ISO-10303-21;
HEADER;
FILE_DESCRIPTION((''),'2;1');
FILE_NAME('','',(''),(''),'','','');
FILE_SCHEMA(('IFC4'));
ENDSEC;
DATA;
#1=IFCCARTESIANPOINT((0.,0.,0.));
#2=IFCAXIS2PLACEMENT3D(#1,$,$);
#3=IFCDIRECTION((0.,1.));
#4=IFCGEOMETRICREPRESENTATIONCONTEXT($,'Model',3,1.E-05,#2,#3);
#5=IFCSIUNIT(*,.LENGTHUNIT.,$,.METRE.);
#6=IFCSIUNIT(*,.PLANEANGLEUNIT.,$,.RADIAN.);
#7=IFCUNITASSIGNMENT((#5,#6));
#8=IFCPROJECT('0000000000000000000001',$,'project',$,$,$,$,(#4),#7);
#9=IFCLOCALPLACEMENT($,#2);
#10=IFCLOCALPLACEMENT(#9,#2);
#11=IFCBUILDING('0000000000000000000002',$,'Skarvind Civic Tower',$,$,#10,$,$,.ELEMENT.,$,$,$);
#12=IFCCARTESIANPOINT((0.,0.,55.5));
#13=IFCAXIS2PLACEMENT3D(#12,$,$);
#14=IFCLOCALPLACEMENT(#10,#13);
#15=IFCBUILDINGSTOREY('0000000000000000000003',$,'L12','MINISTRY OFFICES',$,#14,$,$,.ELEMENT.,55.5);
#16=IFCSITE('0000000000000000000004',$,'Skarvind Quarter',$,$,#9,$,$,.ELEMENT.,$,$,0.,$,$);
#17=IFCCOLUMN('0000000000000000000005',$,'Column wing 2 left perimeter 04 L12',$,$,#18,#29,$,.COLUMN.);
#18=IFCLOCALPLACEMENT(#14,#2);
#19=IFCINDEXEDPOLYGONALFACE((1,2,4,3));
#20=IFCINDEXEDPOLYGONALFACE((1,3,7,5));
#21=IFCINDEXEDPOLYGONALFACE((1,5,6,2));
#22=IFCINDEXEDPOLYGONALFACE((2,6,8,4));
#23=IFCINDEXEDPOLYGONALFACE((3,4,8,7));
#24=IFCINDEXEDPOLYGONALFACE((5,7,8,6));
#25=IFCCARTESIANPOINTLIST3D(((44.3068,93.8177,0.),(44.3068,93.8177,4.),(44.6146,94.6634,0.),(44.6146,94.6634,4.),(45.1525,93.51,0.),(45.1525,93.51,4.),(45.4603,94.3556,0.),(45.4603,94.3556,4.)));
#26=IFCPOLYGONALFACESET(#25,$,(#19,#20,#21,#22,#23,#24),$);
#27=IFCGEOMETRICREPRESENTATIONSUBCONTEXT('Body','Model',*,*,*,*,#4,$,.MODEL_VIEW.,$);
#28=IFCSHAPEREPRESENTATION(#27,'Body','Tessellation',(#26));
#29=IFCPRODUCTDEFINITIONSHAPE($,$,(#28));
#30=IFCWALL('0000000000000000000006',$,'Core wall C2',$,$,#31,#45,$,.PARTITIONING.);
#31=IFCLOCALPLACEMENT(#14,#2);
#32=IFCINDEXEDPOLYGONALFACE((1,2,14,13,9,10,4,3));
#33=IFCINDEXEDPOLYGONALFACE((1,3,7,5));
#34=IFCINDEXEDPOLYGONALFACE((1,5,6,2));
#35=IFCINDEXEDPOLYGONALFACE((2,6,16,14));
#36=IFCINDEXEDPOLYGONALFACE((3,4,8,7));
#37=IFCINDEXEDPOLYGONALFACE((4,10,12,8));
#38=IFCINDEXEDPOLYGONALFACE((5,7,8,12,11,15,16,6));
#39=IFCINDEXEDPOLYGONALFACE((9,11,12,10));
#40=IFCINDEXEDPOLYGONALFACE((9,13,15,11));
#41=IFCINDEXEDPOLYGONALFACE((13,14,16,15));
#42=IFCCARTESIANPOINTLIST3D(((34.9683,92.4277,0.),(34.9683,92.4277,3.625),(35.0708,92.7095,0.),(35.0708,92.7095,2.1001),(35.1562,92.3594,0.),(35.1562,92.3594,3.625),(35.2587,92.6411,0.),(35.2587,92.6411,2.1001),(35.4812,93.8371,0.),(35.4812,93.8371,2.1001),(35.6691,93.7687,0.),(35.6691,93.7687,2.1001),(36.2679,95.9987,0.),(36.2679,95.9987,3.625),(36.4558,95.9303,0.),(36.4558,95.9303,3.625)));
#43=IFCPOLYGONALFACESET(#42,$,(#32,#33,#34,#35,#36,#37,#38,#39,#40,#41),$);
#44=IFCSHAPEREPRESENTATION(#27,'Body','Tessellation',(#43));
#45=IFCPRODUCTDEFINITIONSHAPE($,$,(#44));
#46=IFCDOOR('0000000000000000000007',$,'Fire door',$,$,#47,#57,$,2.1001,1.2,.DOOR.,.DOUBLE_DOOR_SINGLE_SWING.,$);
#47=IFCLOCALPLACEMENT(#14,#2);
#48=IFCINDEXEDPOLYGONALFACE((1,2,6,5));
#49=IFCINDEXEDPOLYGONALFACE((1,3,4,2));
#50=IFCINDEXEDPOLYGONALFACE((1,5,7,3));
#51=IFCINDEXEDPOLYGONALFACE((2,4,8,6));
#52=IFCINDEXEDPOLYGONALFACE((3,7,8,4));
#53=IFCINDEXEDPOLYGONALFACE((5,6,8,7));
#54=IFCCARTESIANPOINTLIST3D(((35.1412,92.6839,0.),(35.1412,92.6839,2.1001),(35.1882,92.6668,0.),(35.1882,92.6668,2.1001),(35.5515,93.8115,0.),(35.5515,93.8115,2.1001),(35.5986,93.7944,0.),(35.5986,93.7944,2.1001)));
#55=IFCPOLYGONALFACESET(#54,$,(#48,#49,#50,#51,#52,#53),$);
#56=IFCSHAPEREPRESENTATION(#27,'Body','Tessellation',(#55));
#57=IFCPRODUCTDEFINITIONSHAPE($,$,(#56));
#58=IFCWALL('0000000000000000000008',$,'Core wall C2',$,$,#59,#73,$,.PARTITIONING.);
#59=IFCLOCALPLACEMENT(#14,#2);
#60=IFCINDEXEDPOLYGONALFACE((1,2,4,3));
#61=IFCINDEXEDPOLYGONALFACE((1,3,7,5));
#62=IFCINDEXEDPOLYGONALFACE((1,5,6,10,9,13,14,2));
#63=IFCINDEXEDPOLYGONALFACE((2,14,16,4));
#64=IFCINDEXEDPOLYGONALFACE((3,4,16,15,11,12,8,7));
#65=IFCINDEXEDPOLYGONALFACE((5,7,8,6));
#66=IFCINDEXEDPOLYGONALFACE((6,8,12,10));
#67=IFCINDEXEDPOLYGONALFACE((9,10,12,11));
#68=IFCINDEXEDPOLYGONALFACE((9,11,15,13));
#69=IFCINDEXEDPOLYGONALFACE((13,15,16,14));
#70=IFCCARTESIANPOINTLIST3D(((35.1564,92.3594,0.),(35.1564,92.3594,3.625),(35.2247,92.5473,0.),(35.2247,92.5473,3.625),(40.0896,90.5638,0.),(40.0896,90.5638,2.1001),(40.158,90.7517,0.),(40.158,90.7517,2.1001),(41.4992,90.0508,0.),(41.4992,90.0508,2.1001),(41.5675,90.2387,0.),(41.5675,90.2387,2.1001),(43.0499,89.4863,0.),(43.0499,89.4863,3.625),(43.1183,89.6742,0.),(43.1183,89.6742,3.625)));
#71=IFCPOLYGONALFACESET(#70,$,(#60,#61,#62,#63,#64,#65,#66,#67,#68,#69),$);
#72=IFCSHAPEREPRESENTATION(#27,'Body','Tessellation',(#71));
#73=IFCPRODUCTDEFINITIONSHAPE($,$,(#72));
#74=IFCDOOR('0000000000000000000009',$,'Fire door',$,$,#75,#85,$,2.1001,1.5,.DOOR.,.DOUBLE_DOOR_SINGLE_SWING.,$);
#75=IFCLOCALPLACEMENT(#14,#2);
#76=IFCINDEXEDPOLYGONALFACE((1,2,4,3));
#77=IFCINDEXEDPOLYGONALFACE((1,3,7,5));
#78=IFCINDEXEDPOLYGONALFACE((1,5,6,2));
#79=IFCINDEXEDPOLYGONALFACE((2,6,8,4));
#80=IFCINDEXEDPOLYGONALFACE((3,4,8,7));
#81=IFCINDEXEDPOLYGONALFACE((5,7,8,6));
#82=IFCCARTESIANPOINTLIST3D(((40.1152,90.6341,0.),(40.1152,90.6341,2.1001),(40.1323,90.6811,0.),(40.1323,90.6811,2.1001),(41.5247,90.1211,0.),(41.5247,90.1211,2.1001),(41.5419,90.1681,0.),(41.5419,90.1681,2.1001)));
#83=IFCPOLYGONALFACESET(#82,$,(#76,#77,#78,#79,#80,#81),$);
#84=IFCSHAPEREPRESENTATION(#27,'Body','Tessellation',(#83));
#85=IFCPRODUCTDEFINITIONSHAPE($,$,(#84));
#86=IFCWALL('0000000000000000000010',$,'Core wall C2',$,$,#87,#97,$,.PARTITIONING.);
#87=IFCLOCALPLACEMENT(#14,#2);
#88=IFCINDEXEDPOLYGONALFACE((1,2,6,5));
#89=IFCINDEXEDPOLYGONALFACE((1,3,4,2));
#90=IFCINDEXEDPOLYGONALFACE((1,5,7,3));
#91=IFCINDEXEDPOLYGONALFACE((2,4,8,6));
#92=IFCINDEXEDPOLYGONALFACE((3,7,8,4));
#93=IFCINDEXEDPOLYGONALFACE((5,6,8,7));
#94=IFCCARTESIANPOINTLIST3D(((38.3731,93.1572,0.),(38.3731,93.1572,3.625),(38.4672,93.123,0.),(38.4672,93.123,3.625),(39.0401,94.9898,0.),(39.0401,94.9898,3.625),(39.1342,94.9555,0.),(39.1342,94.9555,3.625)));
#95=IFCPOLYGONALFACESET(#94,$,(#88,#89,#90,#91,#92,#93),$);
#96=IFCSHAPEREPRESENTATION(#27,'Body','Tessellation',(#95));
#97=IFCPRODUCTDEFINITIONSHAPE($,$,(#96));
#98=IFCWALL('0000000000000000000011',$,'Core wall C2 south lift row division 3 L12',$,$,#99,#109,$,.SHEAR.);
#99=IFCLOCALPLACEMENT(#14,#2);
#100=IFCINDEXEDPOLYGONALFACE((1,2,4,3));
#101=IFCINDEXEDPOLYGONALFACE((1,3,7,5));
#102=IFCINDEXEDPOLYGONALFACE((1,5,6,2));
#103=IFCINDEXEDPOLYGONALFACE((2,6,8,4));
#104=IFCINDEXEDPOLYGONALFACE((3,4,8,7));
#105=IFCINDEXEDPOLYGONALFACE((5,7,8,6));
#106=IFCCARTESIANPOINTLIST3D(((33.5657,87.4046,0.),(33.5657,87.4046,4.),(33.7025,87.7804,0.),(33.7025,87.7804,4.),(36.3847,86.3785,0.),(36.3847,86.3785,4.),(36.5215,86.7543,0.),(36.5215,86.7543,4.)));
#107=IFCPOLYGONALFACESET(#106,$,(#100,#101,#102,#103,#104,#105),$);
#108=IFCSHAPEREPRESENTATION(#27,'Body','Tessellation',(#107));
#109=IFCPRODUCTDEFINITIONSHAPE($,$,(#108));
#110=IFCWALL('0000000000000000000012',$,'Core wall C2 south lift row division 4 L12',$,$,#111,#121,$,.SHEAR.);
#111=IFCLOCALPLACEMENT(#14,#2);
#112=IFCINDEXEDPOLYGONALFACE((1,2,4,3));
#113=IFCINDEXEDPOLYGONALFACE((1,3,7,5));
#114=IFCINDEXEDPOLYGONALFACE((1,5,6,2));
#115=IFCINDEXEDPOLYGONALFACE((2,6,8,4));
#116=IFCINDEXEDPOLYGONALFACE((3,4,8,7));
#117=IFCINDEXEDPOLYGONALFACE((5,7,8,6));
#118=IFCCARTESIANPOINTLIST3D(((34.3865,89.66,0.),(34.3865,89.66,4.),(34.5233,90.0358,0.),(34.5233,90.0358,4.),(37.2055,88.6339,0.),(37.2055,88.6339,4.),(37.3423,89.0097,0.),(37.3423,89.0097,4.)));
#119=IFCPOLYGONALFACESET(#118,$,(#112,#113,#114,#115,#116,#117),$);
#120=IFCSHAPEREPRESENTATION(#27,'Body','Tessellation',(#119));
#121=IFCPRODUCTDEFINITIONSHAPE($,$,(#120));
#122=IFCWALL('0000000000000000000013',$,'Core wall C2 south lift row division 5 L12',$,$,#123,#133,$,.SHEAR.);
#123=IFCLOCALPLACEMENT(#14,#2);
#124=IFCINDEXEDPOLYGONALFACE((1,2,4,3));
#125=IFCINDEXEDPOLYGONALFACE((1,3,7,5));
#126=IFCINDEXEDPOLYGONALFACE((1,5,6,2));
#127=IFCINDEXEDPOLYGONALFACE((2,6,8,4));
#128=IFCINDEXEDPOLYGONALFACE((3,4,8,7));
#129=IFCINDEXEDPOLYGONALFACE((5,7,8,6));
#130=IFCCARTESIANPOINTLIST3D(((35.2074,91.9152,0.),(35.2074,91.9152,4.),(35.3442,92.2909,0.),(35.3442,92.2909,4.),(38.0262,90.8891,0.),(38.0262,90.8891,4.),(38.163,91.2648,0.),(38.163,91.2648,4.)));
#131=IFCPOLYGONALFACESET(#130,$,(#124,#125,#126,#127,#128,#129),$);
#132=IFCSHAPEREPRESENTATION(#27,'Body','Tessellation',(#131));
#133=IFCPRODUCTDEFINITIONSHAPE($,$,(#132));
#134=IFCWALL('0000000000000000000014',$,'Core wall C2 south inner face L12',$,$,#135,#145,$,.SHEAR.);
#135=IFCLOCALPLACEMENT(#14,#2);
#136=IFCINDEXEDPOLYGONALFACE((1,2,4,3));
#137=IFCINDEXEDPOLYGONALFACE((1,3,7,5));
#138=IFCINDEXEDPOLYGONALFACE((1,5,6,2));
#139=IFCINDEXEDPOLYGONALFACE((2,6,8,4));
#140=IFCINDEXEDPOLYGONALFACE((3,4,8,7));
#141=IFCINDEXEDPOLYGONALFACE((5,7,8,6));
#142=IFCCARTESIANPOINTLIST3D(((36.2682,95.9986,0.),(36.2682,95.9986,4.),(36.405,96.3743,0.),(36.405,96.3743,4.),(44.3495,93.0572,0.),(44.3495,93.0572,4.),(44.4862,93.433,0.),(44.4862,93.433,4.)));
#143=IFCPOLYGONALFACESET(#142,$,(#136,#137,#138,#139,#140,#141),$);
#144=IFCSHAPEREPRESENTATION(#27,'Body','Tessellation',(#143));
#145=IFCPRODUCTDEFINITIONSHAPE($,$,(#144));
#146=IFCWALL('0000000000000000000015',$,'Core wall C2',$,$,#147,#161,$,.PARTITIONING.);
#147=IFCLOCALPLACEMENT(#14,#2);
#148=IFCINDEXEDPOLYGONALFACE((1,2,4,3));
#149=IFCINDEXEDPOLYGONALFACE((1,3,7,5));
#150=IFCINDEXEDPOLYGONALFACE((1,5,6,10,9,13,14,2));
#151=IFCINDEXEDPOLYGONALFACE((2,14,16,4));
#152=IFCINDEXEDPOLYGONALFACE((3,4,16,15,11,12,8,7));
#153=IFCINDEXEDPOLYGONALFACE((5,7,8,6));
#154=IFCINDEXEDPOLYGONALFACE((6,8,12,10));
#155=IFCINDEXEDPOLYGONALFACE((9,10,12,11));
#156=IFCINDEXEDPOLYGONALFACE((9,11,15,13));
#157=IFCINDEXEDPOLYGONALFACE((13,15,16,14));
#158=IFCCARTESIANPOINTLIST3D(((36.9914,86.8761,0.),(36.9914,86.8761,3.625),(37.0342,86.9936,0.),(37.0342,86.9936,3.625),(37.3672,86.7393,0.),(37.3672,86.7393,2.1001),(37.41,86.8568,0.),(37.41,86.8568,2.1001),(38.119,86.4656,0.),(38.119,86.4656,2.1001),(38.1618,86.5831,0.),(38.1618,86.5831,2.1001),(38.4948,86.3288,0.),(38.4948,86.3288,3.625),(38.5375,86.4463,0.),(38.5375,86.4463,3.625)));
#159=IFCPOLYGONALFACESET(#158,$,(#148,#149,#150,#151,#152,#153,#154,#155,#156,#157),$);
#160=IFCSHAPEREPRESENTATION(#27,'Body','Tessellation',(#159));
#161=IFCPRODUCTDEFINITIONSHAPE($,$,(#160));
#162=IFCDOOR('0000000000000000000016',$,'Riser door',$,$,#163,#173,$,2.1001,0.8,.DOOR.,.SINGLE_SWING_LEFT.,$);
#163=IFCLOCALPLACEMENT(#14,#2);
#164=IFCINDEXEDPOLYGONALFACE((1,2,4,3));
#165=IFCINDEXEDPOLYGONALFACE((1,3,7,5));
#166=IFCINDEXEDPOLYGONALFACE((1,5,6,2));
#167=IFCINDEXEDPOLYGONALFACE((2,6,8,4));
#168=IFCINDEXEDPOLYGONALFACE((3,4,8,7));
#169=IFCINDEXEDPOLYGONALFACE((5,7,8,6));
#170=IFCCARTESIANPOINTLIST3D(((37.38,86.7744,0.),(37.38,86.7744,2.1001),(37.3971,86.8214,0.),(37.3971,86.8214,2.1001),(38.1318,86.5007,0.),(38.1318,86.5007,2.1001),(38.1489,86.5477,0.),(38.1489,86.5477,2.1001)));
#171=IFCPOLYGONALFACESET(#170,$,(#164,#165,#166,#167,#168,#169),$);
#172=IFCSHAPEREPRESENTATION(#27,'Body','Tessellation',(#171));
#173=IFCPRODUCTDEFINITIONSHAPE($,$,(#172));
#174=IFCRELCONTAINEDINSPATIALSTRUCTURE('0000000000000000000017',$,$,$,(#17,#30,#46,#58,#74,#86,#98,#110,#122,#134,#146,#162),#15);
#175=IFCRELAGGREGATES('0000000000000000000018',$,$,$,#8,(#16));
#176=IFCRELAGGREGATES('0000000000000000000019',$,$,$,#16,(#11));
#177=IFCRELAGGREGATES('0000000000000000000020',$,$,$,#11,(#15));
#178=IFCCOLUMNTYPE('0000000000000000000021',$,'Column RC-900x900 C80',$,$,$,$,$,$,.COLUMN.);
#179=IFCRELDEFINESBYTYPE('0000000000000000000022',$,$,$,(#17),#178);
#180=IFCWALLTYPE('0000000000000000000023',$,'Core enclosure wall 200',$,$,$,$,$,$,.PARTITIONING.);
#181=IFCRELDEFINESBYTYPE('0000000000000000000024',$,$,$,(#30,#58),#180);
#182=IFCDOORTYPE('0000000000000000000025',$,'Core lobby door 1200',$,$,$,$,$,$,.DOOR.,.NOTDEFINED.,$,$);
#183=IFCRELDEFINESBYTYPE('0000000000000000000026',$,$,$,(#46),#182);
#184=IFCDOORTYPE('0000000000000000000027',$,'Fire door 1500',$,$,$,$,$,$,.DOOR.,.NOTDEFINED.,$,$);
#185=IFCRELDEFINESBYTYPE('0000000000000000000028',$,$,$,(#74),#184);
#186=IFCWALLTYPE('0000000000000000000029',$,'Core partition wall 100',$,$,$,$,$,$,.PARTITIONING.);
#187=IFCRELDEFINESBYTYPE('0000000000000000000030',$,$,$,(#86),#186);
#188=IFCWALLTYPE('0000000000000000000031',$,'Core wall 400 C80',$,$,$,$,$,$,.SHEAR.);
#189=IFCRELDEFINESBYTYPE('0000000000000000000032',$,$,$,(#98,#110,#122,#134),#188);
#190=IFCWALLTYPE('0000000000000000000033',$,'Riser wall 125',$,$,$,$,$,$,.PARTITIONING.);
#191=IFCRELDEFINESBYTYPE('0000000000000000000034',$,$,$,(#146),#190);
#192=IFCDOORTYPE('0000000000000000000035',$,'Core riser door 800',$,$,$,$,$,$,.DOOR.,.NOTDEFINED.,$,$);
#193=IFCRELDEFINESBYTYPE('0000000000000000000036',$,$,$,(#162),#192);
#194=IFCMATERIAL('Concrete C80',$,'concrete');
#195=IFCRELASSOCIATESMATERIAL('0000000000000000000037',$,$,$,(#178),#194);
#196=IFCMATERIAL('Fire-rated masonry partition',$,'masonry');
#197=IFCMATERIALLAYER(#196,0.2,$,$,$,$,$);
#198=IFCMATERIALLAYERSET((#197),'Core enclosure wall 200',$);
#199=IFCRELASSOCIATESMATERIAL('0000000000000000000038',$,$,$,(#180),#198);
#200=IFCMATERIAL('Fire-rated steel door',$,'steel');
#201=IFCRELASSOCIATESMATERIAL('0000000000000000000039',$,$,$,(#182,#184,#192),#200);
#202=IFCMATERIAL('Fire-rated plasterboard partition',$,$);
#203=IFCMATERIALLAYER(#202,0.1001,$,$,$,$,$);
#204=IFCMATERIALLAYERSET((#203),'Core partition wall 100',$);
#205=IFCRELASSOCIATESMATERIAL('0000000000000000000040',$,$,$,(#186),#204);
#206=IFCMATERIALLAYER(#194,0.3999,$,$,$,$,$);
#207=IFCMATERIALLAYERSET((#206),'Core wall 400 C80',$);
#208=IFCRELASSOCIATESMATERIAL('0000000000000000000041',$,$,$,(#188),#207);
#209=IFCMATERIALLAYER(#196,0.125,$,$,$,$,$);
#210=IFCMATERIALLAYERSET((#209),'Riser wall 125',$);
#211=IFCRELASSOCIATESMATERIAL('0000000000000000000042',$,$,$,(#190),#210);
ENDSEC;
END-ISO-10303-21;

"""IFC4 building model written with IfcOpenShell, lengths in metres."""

from ifc_helpers import new_model, si_unit, direction, frame, frame_2d, origin, origin_2d, place, context, subcontext, project, spatial, rectangle, extrude, material, layer, layer_set, material_profile, profile_set, type_object, element, fill, save


model = new_model("IFC4")

# Units and contexts
model_context = context("Model", 3, precision=1e-05, world=origin(), true_north=direction((0.0, 1.0)))
body_context = subcontext(model_context, "Body", "Model", "MODEL_VIEW")
ifc_project = project(units=[si_unit("LENGTHUNIT", "METRE"), si_unit("PLANEANGLEUNIT", "RADIAN")], contexts=[model_context])

# Site, building, storey
site_placement = place(None, origin())
site = spatial("IfcSite", under=ifc_project, at=site_placement, Name="Skarvind Quarter", CompositionType="ELEMENT", RefElevation=0.0)
building_placement = place(site_placement, origin())
building = spatial("IfcBuilding", under=site, at=building_placement, Name="Skarvind Civic Tower", CompositionType="ELEMENT")
storey_placement = place(building_placement, frame((0.0, 0.0, 55.5)))
storey = spatial("IfcBuildingStorey", under=building, at=storey_placement, Name="L12", Description="MINISTRY OFFICES", CompositionType="ELEMENT", Elevation=55.5)

# Column
ifc_material_1 = material(Name="Concrete C80", Category="concrete")
ifc_material_profile_1 = material_profile(ifc_material_1, rectangle(XDim=0.8999, YDim=0.8999, at=origin_2d()), Name="RC-900x900")
ifc_profile_set_1 = profile_set([ifc_material_profile_1], Name="Concrete C80")
column_type = type_object("IfcColumnType", Name="Column RC-900x900 C80", PredefinedType="COLUMN", material=ifc_profile_set_1)
column_placement = place(storey_placement, frame((44.8835, 94.0867, 0.0), z_axis=(0.0, 0.0, 1.0), x_axis=(-0.34202, -0.939693, 0.0)))
element("IfcColumn", 1, at=column_placement, inside=storey, type_object=column_type, Name="Column wing 2 left perimeter 04 L12", PredefinedType="COLUMN", context=body_context, shape_type="SweptSolid", body=[
    extrude(rectangle(XDim=0.8999, YDim=0.8999, at=origin_2d()), origin(), (0.0, 0.0, 1.0), 4.0),
])

# Walls, openings, doors
ifc_material_2 = material(Name="Fire-rated masonry partition", Category="masonry")
ifc_layer_1 = layer(ifc_material_2, 0.2)
ifc_layer_set_1 = layer_set([ifc_layer_1], Name="Core enclosure wall 200")
wall_type_1 = type_object("IfcWallType", Name="Core enclosure wall 200", PredefinedType="PARTITIONING", material=ifc_layer_set_1)
wall_1_placement = place(storey_placement, frame((36.3618, 95.9644, 0.0), z_axis=(0.0, 0.0, 1.0), x_axis=(-0.341996, -0.939701, 0.0)))
wall_1 = element("IfcWall", 2, at=wall_1_placement, inside=storey, type_object=wall_type_1, Name="Core wall C2", PredefinedType="PARTITIONING", context=body_context, shape_type="SweptSolid", body=[
    extrude(rectangle(XDim=3.8, YDim=0.2, at=frame_2d((1.8999, 0.0))), origin(), (0.0, 0.0, 1.0), 3.625),
])
opening_1_placement = place(wall_1_placement, frame((2.3, 0.0, 0.0)))
opening_1 = element("IfcOpeningElement", 3, at=opening_1_placement, cuts=wall_1, PredefinedType="OPENING", context=body_context, shape_type="SweptSolid", body=[
    extrude(rectangle(XDim=1.2, YDim=2.1001, at=frame_2d((0.6001, 1.05))), frame((0.0, 0.1099, 0.0), z_axis=(0.0, -1.0, 0.0), x_axis=(1.0, 0.0, 0.0)), (0.0, 0.0, 1.0), 0.22),
])
ifc_material_3 = material(Name="Fire-rated steel door", Category="steel")
door_type_1 = type_object("IfcDoorType", Name="Core lobby door 1200", OperationType="NOTDEFINED", PredefinedType="DOOR", material=ifc_material_3)
door_1_placement = place(opening_1_placement, origin())
door_1 = element("IfcDoor", 4, at=door_1_placement, inside=storey, type_object=door_type_1, Name="Fire door", OperationType="DOUBLE_DOOR_SINGLE_SWING", OverallHeight=2.1001, OverallWidth=1.2, PredefinedType="DOOR", context=body_context, shape_type="SweptSolid", body=[
    extrude(rectangle(XDim=1.2, YDim=2.1001, at=frame_2d((0.6001, 1.05))), frame((0.0, 0.0249, 0.0), z_axis=(0.0, -1.0, 0.0), x_axis=(1.0, 0.0, 0.0)), (0.0, 0.0, 1.0), 0.05),
])
fill(opening_1, door_1)
wall_2_placement = place(storey_placement, frame((35.1904, 92.4534, 0.0), z_axis=(0.0, 0.0, 1.0), x_axis=(0.939692, -0.342023, 0.0)))
wall_2 = element("IfcWall", 5, at=wall_2_placement, inside=storey, type_object=wall_type_1, Name="Core wall C2", PredefinedType="PARTITIONING", context=body_context, shape_type="SweptSolid", body=[
    extrude(rectangle(XDim=8.4001, YDim=0.2, at=frame_2d((4.2002, 0.0))), origin(), (0.0, 0.0, 1.0), 3.625),
])
opening_2_placement = place(wall_2_placement, frame((5.25, 0.0, 0.0)))
opening_2 = element("IfcOpeningElement", 6, at=opening_2_placement, cuts=wall_2, PredefinedType="OPENING", context=body_context, shape_type="SweptSolid", body=[
    extrude(rectangle(XDim=1.5, YDim=2.1001, at=frame_2d((0.75, 1.05))), frame((0.0, 0.1099, 0.0), z_axis=(0.0, -1.0, 0.0), x_axis=(1.0, 0.0, 0.0)), (0.0, 0.0, 1.0), 0.22),
])
door_type_2 = type_object("IfcDoorType", Name="Fire door 1500", OperationType="NOTDEFINED", PredefinedType="DOOR", material=ifc_material_3)
door_2_placement = place(opening_2_placement, origin())
door_2 = element("IfcDoor", 7, at=door_2_placement, inside=storey, type_object=door_type_2, Name="Fire door", OperationType="DOUBLE_DOOR_SINGLE_SWING", OverallHeight=2.1001, OverallWidth=1.5, PredefinedType="DOOR", context=body_context, shape_type="SweptSolid", body=[
    extrude(rectangle(XDim=1.5, YDim=2.1001, at=frame_2d((0.75, 1.05))), frame((0.0, 0.0249, 0.0), z_axis=(0.0, -1.0, 0.0), x_axis=(1.0, 0.0, 0.0)), (0.0, 0.0, 1.0), 0.05),
])
fill(opening_2, door_2)

# Walls
ifc_material_4 = material(Name="Fire-rated plasterboard partition")
ifc_layer_2 = layer(ifc_material_4, 0.1001)
ifc_layer_set_2 = layer_set([ifc_layer_2], Name="Core partition wall 100")
wall_type_2 = type_object("IfcWallType", Name="Core partition wall 100", PredefinedType="PARTITIONING", material=ifc_layer_set_2)
wall_3_placement = place(storey_placement, frame((39.0872, 94.9727, 0.0), z_axis=(0.0, 0.0, 1.0), x_axis=(-0.342025, -0.939691, 0.0)))
element("IfcWall", 8, at=wall_3_placement, inside=storey, type_object=wall_type_2, Name="Core wall C2", PredefinedType="PARTITIONING", context=body_context, shape_type="SweptSolid", body=[
    extrude(rectangle(XDim=1.9502, YDim=0.1001, at=frame_2d((0.9751, 0.0))), origin(), (0.0, 0.0, 1.0), 3.625),
])
ifc_layer_3 = layer(ifc_material_1, 0.3999)
ifc_layer_set_3 = layer_set([ifc_layer_3], Name="Core wall 400 C80")
wall_type_3 = type_object("IfcWallType", Name="Core wall 400 C80", PredefinedType="SHEAR", material=ifc_layer_set_3)
for number, where, z_axis, x_axis, name in (
    (9, (36.4531, 86.5664, 0.0), (0.0, 0.0, 1.0), (-0.939686, 0.342037, 0.0), "Core wall C2 south lift row division 3 L12"),
    (10, (37.2739, 88.8218, 0.0), (0.0, 0.0, 1.0), (-0.939686, 0.342037, 0.0), "Core wall C2 south lift row division 4 L12"),
):
    element("IfcWall", number, at=place(storey_placement, frame(where, z_axis=z_axis, x_axis=x_axis)), inside=storey, type_object=wall_type_3, Name=name, PredefinedType="SHEAR", context=body_context, shape_type="SweptSolid", body=[
        extrude(rectangle(XDim=3.0, YDim=0.3999, at=frame_2d((1.5, 0.0))), origin(), (0.0, 0.0, 1.0), 4.0),
    ])
wall_4_placement = place(storey_placement, frame((38.0947, 91.0769, 0.0), z_axis=(0.0, 0.0, 1.0), x_axis=(-0.939677, 0.342063, 0.0)))
element("IfcWall", 11, at=wall_4_placement, inside=storey, type_object=wall_type_3, Name="Core wall C2 south lift row division 5 L12", PredefinedType="SHEAR", context=body_context, shape_type="SweptSolid", body=[
    extrude(rectangle(XDim=2.9998, YDim=0.3999, at=frame_2d((1.5, 0.0))), origin(), (0.0, 0.0, 1.0), 4.0),
])
wall_5_placement = place(storey_placement, frame((44.4177, 93.2451, 0.0), z_axis=(0.0, 0.0, 1.0), x_axis=(-0.939691, 0.342026, 0.0)))
element("IfcWall", 12, at=wall_5_placement, inside=storey, type_object=wall_type_3, Name="Core wall C2 south inner face L12", PredefinedType="SHEAR", context=body_context, shape_type="SweptSolid", body=[
    extrude(rectangle(XDim=8.5999, YDim=0.3999, at=frame_2d((4.2998, 0.0))), origin(), (0.0, 0.0, 1.0), 4.0),
])

# Wall, opening, door
ifc_layer_4 = layer(ifc_material_2, 0.125)
ifc_layer_set_4 = layer_set([ifc_layer_4], Name="Riser wall 125")
wall_type_4 = type_object("IfcWallType", Name="Riser wall 125", PredefinedType="PARTITIONING", material=ifc_layer_set_4)
wall_6_placement = place(storey_placement, frame((37.0129, 86.9348, 0.0), z_axis=(0.0, 0.0, 1.0), x_axis=(0.93966, -0.342111, 0.0)))
wall_6 = element("IfcWall", 13, at=wall_6_placement, inside=storey, type_object=wall_type_4, Name="Core wall C2", PredefinedType="PARTITIONING", context=body_context, shape_type="SweptSolid", body=[
    extrude(rectangle(XDim=1.5999, YDim=0.125, at=frame_2d((0.7998, 0.0))), origin(), (0.0, 0.0, 1.0), 3.625),
])
opening_3_placement = place(wall_6_placement, frame((0.3999, 0.0, 0.0)))
opening_3 = element("IfcOpeningElement", 14, at=opening_3_placement, cuts=wall_6, PredefinedType="OPENING", context=body_context, shape_type="SweptSolid", body=[
    extrude(rectangle(XDim=0.8, YDim=2.1001, at=frame_2d((0.3999, 1.05))), frame((0.0, 0.0725, 0.0), z_axis=(0.0, -1.0, 0.0), x_axis=(1.0, 0.0, 0.0)), (0.0, 0.0, 1.0), 0.145),
])
door_type_3 = type_object("IfcDoorType", Name="Core riser door 800", OperationType="NOTDEFINED", PredefinedType="DOOR", material=ifc_material_3)
door_3_placement = place(opening_3_placement, origin())
door_3 = element("IfcDoor", 15, at=door_3_placement, inside=storey, type_object=door_type_3, Name="Riser door", OperationType="SINGLE_SWING_LEFT", OverallHeight=2.1001, OverallWidth=0.8, PredefinedType="DOOR", context=body_context, shape_type="SweptSolid", body=[
    extrude(rectangle(XDim=0.8, YDim=2.1001, at=frame_2d((0.3999, 1.05))), frame((0.0, 0.0249, 0.0), z_axis=(0.0, -1.0, 0.0), x_axis=(1.0, 0.0, 0.0)), (0.0, 0.0, 1.0), 0.05),
])
fill(opening_3, door_3)

save(model, "model.ifc")
